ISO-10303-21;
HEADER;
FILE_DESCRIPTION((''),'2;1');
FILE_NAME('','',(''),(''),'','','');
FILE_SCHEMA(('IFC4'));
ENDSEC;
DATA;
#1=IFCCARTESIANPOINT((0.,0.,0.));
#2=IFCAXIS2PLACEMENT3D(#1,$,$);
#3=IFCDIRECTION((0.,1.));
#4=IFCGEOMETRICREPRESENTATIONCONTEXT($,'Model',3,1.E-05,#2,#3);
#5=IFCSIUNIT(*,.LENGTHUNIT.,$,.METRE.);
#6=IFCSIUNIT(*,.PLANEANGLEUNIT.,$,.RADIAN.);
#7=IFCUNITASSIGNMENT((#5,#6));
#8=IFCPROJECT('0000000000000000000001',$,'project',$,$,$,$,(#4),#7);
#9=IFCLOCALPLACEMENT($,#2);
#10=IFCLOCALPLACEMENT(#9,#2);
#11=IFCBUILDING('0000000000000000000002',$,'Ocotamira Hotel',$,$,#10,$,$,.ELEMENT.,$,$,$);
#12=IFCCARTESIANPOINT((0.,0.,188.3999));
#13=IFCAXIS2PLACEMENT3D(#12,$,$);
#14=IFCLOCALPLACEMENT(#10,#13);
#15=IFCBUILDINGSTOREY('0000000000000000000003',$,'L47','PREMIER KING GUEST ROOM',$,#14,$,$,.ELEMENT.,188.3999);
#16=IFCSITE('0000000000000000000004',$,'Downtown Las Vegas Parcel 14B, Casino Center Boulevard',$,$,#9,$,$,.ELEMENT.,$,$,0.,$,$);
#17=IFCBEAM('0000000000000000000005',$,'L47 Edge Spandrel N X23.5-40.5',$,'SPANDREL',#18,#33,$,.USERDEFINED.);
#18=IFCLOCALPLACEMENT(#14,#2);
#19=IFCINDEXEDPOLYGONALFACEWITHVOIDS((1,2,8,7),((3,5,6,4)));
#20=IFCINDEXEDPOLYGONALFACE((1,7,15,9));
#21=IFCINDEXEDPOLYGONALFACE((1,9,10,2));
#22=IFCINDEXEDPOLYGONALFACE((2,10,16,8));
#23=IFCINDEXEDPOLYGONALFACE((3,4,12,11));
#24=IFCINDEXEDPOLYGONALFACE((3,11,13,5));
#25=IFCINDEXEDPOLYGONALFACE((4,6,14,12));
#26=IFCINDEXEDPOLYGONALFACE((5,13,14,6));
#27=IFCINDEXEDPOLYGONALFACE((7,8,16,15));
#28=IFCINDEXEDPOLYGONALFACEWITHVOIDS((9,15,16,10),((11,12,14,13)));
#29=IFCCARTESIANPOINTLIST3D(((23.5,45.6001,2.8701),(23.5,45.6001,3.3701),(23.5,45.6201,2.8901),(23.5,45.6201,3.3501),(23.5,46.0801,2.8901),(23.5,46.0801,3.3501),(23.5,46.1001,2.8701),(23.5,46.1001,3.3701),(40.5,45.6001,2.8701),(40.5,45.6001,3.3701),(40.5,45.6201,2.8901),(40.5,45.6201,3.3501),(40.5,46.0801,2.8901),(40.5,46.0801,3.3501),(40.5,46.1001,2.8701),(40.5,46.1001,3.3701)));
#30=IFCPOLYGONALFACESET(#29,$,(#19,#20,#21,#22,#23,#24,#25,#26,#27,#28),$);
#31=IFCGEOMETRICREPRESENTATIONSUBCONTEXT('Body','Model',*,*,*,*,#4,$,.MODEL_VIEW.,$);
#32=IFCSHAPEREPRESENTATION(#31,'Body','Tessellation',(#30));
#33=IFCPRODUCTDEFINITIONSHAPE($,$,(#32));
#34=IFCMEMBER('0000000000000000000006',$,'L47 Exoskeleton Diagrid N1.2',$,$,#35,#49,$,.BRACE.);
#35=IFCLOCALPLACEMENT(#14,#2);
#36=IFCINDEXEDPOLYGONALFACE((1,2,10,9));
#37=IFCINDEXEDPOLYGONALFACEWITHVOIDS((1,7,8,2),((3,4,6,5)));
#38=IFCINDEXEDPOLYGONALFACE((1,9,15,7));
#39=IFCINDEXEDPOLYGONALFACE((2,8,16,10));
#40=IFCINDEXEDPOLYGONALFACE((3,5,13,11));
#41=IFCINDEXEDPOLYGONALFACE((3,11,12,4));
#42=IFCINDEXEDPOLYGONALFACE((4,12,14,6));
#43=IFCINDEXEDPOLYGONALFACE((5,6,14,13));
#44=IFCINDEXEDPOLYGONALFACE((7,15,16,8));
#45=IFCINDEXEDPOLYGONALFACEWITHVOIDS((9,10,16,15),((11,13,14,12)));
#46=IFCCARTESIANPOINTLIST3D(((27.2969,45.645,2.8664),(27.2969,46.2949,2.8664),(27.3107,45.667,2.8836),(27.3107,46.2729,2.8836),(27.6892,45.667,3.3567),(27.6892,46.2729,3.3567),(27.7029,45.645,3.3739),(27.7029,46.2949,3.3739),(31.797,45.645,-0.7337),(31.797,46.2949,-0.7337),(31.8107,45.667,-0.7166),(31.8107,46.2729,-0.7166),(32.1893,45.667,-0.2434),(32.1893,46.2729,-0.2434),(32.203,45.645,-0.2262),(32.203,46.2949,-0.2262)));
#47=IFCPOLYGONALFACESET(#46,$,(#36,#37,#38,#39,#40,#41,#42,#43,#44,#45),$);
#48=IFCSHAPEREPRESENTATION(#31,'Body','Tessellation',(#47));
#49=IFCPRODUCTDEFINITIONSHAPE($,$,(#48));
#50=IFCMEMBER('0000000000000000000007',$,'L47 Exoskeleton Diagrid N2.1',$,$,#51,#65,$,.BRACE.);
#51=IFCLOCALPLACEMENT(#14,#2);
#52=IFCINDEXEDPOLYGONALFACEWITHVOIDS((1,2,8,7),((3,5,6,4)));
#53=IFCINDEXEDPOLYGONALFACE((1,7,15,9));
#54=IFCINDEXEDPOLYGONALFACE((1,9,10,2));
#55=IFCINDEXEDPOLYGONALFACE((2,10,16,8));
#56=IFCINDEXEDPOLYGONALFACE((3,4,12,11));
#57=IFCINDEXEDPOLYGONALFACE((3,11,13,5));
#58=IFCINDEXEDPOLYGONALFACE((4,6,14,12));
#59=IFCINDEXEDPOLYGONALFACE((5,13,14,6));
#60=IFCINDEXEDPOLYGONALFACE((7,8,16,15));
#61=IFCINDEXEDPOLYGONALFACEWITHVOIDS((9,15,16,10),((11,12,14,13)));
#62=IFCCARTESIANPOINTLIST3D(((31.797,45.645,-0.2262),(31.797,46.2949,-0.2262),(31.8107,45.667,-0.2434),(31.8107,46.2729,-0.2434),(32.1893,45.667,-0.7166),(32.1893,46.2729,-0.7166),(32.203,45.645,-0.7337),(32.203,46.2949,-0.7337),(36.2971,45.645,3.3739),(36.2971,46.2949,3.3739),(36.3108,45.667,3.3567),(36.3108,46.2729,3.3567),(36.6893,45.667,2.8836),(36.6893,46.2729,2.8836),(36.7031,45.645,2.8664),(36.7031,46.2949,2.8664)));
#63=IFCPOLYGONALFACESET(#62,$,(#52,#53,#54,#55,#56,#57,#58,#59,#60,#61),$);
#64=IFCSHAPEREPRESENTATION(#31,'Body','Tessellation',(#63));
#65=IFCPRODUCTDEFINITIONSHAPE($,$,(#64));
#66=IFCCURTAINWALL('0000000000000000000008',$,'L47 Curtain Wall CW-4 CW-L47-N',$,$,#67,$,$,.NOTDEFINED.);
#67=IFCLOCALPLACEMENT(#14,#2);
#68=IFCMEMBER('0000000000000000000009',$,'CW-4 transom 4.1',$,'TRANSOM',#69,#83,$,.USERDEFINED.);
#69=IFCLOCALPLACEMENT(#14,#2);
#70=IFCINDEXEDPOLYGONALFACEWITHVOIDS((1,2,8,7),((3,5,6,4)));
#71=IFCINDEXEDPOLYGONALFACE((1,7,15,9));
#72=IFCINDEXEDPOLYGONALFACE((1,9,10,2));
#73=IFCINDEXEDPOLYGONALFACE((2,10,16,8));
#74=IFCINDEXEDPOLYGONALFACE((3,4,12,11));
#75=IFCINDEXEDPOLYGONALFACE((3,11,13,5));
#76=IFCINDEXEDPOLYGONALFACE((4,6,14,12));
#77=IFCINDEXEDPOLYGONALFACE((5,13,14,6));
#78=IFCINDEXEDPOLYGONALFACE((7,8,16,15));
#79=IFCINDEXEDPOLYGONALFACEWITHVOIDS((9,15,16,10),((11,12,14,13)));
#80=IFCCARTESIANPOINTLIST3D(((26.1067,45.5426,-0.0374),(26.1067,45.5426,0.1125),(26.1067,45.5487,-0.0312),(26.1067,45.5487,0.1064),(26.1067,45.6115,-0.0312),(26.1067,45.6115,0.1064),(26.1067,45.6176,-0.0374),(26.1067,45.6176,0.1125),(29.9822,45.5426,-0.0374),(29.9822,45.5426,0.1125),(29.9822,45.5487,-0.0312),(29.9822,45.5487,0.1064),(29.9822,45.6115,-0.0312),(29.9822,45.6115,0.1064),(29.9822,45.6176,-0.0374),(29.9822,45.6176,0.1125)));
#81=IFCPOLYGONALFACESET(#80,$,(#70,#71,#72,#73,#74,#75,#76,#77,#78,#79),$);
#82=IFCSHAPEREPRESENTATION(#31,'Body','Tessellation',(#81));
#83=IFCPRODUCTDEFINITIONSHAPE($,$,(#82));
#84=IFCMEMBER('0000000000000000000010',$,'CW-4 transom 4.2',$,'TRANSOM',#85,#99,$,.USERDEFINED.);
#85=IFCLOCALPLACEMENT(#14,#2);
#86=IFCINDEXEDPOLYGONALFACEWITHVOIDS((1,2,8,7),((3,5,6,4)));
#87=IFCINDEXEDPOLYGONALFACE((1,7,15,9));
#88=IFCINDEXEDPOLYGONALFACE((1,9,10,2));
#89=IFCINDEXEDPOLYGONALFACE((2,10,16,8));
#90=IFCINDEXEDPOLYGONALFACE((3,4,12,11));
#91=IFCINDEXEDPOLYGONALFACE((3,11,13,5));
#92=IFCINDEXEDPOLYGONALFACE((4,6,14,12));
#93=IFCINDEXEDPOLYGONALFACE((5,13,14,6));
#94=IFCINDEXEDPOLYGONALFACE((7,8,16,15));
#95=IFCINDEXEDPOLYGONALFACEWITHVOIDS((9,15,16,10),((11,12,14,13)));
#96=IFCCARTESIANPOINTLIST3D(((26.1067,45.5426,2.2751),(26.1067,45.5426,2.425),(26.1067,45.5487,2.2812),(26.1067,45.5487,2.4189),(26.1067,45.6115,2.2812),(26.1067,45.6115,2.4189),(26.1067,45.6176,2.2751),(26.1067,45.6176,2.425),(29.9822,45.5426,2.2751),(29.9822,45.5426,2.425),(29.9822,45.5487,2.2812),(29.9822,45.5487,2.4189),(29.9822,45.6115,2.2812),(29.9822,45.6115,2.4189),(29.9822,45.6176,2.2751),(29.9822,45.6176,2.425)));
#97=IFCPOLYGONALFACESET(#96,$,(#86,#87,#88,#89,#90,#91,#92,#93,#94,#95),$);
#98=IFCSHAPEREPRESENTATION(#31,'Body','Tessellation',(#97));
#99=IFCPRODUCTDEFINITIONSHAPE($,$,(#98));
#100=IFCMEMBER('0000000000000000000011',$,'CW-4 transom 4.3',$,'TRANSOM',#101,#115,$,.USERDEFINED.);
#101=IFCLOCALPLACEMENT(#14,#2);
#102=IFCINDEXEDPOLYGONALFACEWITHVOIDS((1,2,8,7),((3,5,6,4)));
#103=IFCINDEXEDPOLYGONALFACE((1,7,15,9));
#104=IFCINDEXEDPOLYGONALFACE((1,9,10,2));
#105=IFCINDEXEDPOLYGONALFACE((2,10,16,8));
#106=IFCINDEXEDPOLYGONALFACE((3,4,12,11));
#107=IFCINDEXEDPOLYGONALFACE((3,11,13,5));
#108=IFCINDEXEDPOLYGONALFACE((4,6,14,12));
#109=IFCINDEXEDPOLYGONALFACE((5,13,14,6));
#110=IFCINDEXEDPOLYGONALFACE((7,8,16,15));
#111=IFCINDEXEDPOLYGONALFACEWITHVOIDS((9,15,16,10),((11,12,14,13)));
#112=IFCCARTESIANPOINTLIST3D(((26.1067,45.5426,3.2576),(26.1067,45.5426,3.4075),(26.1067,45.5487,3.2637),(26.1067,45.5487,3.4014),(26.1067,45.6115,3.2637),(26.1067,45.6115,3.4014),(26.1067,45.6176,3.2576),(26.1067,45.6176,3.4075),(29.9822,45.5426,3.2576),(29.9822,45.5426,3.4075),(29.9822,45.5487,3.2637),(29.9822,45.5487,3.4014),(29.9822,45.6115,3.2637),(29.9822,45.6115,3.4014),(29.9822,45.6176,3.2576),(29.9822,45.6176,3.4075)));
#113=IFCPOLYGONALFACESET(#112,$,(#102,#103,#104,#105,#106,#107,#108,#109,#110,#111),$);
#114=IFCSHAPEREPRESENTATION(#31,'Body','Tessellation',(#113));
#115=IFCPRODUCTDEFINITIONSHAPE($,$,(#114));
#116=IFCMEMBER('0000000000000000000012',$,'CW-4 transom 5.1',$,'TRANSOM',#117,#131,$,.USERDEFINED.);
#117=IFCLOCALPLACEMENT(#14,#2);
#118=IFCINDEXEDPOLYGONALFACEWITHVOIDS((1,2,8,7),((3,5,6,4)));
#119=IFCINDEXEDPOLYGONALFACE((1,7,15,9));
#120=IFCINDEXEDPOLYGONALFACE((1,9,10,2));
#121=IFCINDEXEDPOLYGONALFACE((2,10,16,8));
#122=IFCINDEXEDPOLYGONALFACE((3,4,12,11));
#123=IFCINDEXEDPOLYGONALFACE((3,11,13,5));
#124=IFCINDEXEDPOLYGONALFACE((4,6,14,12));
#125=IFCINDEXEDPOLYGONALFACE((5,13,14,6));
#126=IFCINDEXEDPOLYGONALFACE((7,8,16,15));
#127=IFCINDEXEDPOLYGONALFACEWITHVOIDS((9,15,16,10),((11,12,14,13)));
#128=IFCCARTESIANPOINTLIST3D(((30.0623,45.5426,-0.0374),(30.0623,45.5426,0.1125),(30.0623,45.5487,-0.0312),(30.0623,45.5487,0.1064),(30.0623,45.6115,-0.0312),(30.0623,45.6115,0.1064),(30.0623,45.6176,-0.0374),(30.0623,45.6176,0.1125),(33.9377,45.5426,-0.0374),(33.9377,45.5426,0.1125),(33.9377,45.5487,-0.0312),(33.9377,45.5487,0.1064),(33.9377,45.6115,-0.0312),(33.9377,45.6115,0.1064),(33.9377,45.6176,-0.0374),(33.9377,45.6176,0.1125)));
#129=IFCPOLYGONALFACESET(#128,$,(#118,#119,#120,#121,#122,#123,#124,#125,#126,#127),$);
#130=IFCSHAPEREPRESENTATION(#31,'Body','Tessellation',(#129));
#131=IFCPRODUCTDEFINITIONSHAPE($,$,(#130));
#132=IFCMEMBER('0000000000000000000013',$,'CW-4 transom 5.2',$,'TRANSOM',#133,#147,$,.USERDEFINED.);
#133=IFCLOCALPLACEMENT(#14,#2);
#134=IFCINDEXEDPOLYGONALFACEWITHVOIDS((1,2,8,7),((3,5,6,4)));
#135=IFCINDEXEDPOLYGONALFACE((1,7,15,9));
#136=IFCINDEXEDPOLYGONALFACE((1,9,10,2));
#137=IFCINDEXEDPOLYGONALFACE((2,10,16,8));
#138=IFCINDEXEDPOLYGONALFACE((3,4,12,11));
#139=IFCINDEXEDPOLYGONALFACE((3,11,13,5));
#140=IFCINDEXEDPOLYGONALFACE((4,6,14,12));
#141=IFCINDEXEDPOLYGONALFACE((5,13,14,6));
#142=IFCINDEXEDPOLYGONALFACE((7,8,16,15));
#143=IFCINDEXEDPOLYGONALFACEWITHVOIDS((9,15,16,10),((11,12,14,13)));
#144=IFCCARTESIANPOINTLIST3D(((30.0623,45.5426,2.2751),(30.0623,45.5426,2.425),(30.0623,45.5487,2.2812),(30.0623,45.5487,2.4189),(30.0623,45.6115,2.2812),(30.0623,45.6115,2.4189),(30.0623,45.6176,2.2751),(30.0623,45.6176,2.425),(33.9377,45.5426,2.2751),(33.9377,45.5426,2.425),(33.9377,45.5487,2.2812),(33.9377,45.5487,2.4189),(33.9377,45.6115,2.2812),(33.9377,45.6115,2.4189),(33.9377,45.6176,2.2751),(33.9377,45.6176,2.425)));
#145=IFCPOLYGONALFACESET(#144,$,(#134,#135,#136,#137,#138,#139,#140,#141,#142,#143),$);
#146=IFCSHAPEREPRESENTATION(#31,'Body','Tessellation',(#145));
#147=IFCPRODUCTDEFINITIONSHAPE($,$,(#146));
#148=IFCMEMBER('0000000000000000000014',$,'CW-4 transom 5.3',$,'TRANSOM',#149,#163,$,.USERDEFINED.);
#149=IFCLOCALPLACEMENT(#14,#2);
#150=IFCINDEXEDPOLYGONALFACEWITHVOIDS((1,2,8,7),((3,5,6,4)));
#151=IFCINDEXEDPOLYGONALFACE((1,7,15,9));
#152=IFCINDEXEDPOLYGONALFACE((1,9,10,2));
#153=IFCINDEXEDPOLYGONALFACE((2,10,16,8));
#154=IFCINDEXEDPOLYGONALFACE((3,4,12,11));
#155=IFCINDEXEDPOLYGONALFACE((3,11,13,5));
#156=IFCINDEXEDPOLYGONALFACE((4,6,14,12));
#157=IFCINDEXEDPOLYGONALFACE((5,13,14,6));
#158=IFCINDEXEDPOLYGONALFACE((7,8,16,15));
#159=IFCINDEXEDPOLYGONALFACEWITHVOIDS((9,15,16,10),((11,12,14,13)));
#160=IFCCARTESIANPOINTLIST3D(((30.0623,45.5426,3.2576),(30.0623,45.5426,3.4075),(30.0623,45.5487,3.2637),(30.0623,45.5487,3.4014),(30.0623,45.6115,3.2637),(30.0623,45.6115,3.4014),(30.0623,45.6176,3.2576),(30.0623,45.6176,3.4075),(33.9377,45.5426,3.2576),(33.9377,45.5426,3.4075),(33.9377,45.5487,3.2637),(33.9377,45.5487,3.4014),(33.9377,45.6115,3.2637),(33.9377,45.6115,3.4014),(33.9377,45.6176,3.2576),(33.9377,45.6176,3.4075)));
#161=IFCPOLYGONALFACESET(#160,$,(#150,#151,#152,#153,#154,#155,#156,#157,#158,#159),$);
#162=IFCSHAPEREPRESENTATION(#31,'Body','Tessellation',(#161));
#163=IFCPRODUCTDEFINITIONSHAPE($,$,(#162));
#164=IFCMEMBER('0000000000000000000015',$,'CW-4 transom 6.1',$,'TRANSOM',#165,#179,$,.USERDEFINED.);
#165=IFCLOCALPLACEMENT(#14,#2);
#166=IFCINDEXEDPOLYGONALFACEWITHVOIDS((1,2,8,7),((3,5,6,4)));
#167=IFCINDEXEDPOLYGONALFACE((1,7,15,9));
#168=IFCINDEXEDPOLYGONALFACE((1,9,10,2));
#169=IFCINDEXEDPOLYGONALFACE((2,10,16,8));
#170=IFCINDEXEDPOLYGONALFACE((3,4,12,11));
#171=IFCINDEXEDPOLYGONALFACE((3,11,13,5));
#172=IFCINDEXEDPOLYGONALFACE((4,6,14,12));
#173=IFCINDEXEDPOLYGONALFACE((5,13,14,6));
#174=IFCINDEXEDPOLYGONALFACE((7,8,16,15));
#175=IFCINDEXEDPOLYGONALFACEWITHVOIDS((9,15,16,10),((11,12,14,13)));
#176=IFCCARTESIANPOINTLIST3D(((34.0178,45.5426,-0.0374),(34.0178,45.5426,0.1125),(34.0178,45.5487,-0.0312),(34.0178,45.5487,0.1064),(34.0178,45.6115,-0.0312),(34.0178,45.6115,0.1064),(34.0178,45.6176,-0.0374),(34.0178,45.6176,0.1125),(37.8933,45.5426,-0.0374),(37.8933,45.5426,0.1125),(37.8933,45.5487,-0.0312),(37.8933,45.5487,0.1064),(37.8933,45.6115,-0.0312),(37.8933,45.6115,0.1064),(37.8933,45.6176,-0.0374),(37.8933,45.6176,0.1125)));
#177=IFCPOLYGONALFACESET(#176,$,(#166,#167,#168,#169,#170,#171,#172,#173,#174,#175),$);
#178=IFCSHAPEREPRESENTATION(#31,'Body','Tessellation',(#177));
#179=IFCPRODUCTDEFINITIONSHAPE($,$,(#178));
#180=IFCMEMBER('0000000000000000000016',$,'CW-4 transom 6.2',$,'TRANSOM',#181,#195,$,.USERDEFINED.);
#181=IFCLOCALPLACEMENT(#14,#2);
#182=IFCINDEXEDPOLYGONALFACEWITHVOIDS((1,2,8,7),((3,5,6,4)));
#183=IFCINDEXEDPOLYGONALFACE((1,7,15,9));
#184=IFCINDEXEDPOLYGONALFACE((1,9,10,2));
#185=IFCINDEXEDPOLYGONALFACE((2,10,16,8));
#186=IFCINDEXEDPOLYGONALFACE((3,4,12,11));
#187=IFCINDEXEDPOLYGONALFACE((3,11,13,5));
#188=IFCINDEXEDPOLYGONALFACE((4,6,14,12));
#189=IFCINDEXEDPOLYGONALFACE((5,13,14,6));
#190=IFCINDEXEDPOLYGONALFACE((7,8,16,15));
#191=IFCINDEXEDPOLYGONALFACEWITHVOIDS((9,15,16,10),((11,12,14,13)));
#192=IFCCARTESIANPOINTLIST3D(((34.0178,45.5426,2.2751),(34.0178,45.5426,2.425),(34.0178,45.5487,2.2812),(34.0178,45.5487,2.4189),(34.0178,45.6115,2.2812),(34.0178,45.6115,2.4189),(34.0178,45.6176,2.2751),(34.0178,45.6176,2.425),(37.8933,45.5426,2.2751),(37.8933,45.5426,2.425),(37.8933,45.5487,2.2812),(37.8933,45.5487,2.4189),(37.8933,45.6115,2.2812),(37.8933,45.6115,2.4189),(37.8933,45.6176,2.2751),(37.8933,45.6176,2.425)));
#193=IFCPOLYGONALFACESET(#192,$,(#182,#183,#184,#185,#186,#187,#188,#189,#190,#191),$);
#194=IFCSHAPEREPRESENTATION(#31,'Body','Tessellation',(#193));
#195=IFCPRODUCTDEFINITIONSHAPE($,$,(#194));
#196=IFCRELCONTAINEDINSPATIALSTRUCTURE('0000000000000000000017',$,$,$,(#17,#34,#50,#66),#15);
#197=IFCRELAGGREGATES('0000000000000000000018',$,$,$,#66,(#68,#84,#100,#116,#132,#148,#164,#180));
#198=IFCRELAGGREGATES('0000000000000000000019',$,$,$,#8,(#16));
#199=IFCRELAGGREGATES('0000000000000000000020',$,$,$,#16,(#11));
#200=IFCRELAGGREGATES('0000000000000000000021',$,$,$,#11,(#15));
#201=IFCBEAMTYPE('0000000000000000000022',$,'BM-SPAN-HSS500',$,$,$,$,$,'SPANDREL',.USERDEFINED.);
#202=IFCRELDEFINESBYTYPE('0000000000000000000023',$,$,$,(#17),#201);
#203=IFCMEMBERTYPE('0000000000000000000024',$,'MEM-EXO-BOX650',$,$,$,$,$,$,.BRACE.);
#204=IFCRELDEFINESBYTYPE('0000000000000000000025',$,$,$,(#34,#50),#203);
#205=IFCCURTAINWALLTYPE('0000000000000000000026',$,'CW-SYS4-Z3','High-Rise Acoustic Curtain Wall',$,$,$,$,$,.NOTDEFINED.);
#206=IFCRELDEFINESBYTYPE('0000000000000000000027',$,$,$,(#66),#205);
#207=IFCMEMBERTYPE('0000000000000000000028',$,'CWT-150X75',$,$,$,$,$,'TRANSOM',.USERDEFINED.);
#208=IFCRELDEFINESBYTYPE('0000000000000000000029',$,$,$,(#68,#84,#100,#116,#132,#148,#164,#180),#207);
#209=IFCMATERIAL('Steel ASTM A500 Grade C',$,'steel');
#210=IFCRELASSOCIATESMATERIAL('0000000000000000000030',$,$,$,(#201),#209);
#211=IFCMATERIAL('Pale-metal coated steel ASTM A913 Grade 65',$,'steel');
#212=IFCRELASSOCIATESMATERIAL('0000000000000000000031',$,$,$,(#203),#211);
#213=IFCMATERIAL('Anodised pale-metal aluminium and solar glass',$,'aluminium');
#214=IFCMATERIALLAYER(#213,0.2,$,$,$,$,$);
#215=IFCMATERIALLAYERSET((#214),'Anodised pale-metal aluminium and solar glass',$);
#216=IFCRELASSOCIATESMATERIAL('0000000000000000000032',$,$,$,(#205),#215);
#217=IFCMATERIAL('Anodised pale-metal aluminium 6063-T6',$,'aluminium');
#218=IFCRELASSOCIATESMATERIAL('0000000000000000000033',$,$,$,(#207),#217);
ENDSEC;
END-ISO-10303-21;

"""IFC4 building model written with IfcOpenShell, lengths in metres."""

from ifc_helpers import new_model, si_unit, direction, frame, origin, origin_2d, place, context, subcontext, project, spatial, hollow_rectangle, extrude, source, transform, mapped, material, layer, layer_set, material_profile, profile_set, type_object, element, aggregate, save


model = new_model("IFC4")

# Units and contexts
model_context = context("Model", 3, precision=1e-05, world=origin(), true_north=direction((0.0, 1.0)))
body_context = subcontext(model_context, "Body", "Model", "MODEL_VIEW")
ifc_project = project(units=[si_unit("LENGTHUNIT", "METRE"), si_unit("PLANEANGLEUNIT", "RADIAN")], contexts=[model_context])

# Site, building, storey
site_placement = place(None, origin())
site = spatial("IfcSite", under=ifc_project, at=site_placement, Name="Downtown Las Vegas Parcel 14B, Casino Center Boulevard", CompositionType="ELEMENT", RefElevation=0.0)
building_placement = place(site_placement, origin())
building = spatial("IfcBuilding", under=site, at=building_placement, Name="Ocotamira Hotel", CompositionType="ELEMENT")
storey_placement = place(building_placement, frame((0.0, 0.0, 188.3999)))
storey = spatial("IfcBuildingStorey", under=building, at=storey_placement, Name="L47", Description="PREMIER KING GUEST ROOM", CompositionType="ELEMENT", Elevation=188.3999)

# Beam
ifc_material_1 = material(Name="Steel ASTM A500 Grade C", Category="steel")
ifc_material_profile_1 = material_profile(ifc_material_1, hollow_rectangle(XDim=0.5, YDim=0.5, WallThickness=0.02, at=origin_2d()), Name="HSS500X500X20")
ifc_profile_set_1 = profile_set([ifc_material_profile_1], Name="Steel ASTM A500 Grade C")
beam_type = type_object("IfcBeamType", Name="BM-SPAN-HSS500", ElementType="SPANDREL", PredefinedType="USERDEFINED", material=ifc_profile_set_1)
shared_shape_1 = source(origin(), body_context, "Body", "SweptSolid", [
    extrude(hollow_rectangle(XDim=0.5, YDim=0.5, WallThickness=0.02, at=origin_2d()), origin(), (0.0, 0.0, 1.0), 17.0),
])
beam_placement = place(storey_placement, frame((23.5, 45.8501, 3.1201), z_axis=(1.0, 0.0, 0.0), x_axis=(0.0, 1.0, 0.0)))
element("IfcBeam", 1, at=beam_placement, inside=storey, type_object=beam_type, Name="L47 Edge Spandrel N X23.5-40.5", ObjectType="SPANDREL", PredefinedType="USERDEFINED", context=body_context, shape_type="MappedRepresentation", body=[
    mapped(shared_shape_1, transform((0.0, 0.0, 0.0), scale=1.0)),
])

# Members
ifc_material_2 = material(Name="Pale-metal coated steel ASTM A913 Grade 65", Category="steel")
ifc_material_profile_2 = material_profile(ifc_material_2, hollow_rectangle(XDim=0.6499, YDim=0.6499, WallThickness=0.022, at=origin_2d()), Name="BOX650X650X22")
ifc_profile_set_2 = profile_set([ifc_material_profile_2], Name="Pale-metal coated steel ASTM A913 Grade 65")
member_type_1 = type_object("IfcMemberType", Name="MEM-EXO-BOX650", PredefinedType="BRACE", material=ifc_profile_set_2)
shared_shape_2 = source(origin(), body_context, "Body", "SweptSolid", [
    extrude(hollow_rectangle(XDim=0.6499, YDim=0.6499, WallThickness=0.022, at=origin_2d()), origin(), (0.0, 0.0, 1.0), 5.7629),
])
for number, where, z_axis, x_axis, name in (
    (2, (32.0, 45.97, -0.48), (-0.780861, 0.0, 0.624705), (0.0, -1.0, 0.0), "L47 Exoskeleton Diagrid N1.2"),
    (3, (32.0, 45.97, -0.48), (0.780861, 0.0, 0.624705), (0.0, 1.0, 0.0), "L47 Exoskeleton Diagrid N2.1"),
):
    element("IfcMember", number, at=place(storey_placement, frame(where, z_axis=z_axis, x_axis=x_axis)), inside=storey, type_object=member_type_1, Name=name, PredefinedType="BRACE", context=body_context, shape_type="MappedRepresentation", body=[
        mapped(shared_shape_2, transform((0.0, 0.0, 0.0), scale=1.0)),
    ])

# Curtain wall, members
ifc_material_3 = material(Name="Anodised pale-metal aluminium and solar glass", Category="aluminium")
ifc_layer_1 = layer(ifc_material_3, 0.2)
ifc_layer_set_1 = layer_set([ifc_layer_1], Name="Anodised pale-metal aluminium and solar glass")
curtain_wall_type = type_object("IfcCurtainWallType", Name="CW-SYS4-Z3", Description="High-Rise Acoustic Curtain Wall", PredefinedType="NOTDEFINED", material=ifc_layer_set_1)
curtain_wall_placement = place(storey_placement, origin())
curtain_wall = element("IfcCurtainWall", 4, at=curtain_wall_placement, inside=storey, type_object=curtain_wall_type, Name="L47 Curtain Wall CW-4 CW-L47-N", PredefinedType="NOTDEFINED")
ifc_material_4 = material(Name="Anodised pale-metal aluminium 6063-T6", Category="aluminium")
ifc_material_profile_3 = material_profile(ifc_material_4, hollow_rectangle(XDim=0.075, YDim=0.1499, WallThickness=0.0061, at=origin_2d()), Name="HSS150X75X6")
ifc_profile_set_3 = profile_set([ifc_material_profile_3], Name="Anodised pale-metal aluminium 6063-T6")
member_type_2 = type_object("IfcMemberType", Name="CWT-150X75", ElementType="TRANSOM", PredefinedType="USERDEFINED", material=ifc_profile_set_3)
shared_shape_3 = source(origin(), body_context, "Body", "SweptSolid", [
    extrude(hollow_rectangle(XDim=0.075, YDim=0.1499, WallThickness=0.0061, at=origin_2d()), origin(), (0.0, 0.0, 1.0), 3.8755),
])
member_1_placement = place(storey_placement, frame((26.1067, 45.5801, 0.0376), z_axis=(1.0, 0.0, 0.0), x_axis=(0.0, 1.0, 0.0)))
member_1 = element("IfcMember", 5, at=member_1_placement, type_object=member_type_2, Name="CW-4 transom 4.1", ObjectType="TRANSOM", PredefinedType="USERDEFINED", context=body_context, shape_type="MappedRepresentation", body=[
    mapped(shared_shape_3, transform((0.0, 0.0, 0.0), scale=1.0)),
])
member_2_placement = place(storey_placement, frame((26.1067, 45.5801, 2.3501), z_axis=(1.0, 0.0, 0.0), x_axis=(0.0, 1.0, 0.0)))
member_2 = element("IfcMember", 6, at=member_2_placement, type_object=member_type_2, Name="CW-4 transom 4.2", ObjectType="TRANSOM", PredefinedType="USERDEFINED", context=body_context, shape_type="MappedRepresentation", body=[
    mapped(shared_shape_3, transform((0.0, 0.0, 0.0), scale=1.0)),
])
member_3_placement = place(storey_placement, frame((26.1067, 45.5801, 3.3325), z_axis=(1.0, 0.0, 0.0), x_axis=(0.0, 1.0, 0.0)))
member_3 = element("IfcMember", 7, at=member_3_placement, type_object=member_type_2, Name="CW-4 transom 4.3", ObjectType="TRANSOM", PredefinedType="USERDEFINED", context=body_context, shape_type="MappedRepresentation", body=[
    mapped(shared_shape_3, transform((0.0, 0.0, 0.0), scale=1.0)),
])
member_4_placement = place(storey_placement, frame((30.0623, 45.5801, 0.0376), z_axis=(1.0, 0.0, 0.0), x_axis=(0.0, 1.0, 0.0)))
member_4 = element("IfcMember", 8, at=member_4_placement, type_object=member_type_2, Name="CW-4 transom 5.1", ObjectType="TRANSOM", PredefinedType="USERDEFINED", context=body_context, shape_type="MappedRepresentation", body=[
    mapped(shared_shape_3, transform((0.0, 0.0, 0.0), scale=1.0)),
])
member_5_placement = place(storey_placement, frame((30.0623, 45.5801, 2.3501), z_axis=(1.0, 0.0, 0.0), x_axis=(0.0, 1.0, 0.0)))
member_5 = element("IfcMember", 9, at=member_5_placement, type_object=member_type_2, Name="CW-4 transom 5.2", ObjectType="TRANSOM", PredefinedType="USERDEFINED", context=body_context, shape_type="MappedRepresentation", body=[
    mapped(shared_shape_3, transform((0.0, 0.0, 0.0), scale=1.0)),
])
member_6_placement = place(storey_placement, frame((30.0623, 45.5801, 3.3325), z_axis=(1.0, 0.0, 0.0), x_axis=(0.0, 1.0, 0.0)))
member_6 = element("IfcMember", 10, at=member_6_placement, type_object=member_type_2, Name="CW-4 transom 5.3", ObjectType="TRANSOM", PredefinedType="USERDEFINED", context=body_context, shape_type="MappedRepresentation", body=[
    mapped(shared_shape_3, transform((0.0, 0.0, 0.0), scale=1.0)),
])
member_7_placement = place(storey_placement, frame((34.0178, 45.5801, 0.0376), z_axis=(1.0, 0.0, 0.0), x_axis=(0.0, 1.0, 0.0)))
member_7 = element("IfcMember", 11, at=member_7_placement, type_object=member_type_2, Name="CW-4 transom 6.1", ObjectType="TRANSOM", PredefinedType="USERDEFINED", context=body_context, shape_type="MappedRepresentation", body=[
    mapped(shared_shape_3, transform((0.0, 0.0, 0.0), scale=1.0)),
])
member_8_placement = place(storey_placement, frame((34.0178, 45.5801, 2.3501), z_axis=(1.0, 0.0, 0.0), x_axis=(0.0, 1.0, 0.0)))
member_8 = element("IfcMember", 12, at=member_8_placement, type_object=member_type_2, Name="CW-4 transom 6.2", ObjectType="TRANSOM", PredefinedType="USERDEFINED", context=body_context, shape_type="MappedRepresentation", body=[
    mapped(shared_shape_3, transform((0.0, 0.0, 0.0), scale=1.0)),
])

aggregate(curtain_wall, [member_1, member_2, member_3, member_4, member_5, member_6, member_7, member_8])

save(model, "model.ifc")
